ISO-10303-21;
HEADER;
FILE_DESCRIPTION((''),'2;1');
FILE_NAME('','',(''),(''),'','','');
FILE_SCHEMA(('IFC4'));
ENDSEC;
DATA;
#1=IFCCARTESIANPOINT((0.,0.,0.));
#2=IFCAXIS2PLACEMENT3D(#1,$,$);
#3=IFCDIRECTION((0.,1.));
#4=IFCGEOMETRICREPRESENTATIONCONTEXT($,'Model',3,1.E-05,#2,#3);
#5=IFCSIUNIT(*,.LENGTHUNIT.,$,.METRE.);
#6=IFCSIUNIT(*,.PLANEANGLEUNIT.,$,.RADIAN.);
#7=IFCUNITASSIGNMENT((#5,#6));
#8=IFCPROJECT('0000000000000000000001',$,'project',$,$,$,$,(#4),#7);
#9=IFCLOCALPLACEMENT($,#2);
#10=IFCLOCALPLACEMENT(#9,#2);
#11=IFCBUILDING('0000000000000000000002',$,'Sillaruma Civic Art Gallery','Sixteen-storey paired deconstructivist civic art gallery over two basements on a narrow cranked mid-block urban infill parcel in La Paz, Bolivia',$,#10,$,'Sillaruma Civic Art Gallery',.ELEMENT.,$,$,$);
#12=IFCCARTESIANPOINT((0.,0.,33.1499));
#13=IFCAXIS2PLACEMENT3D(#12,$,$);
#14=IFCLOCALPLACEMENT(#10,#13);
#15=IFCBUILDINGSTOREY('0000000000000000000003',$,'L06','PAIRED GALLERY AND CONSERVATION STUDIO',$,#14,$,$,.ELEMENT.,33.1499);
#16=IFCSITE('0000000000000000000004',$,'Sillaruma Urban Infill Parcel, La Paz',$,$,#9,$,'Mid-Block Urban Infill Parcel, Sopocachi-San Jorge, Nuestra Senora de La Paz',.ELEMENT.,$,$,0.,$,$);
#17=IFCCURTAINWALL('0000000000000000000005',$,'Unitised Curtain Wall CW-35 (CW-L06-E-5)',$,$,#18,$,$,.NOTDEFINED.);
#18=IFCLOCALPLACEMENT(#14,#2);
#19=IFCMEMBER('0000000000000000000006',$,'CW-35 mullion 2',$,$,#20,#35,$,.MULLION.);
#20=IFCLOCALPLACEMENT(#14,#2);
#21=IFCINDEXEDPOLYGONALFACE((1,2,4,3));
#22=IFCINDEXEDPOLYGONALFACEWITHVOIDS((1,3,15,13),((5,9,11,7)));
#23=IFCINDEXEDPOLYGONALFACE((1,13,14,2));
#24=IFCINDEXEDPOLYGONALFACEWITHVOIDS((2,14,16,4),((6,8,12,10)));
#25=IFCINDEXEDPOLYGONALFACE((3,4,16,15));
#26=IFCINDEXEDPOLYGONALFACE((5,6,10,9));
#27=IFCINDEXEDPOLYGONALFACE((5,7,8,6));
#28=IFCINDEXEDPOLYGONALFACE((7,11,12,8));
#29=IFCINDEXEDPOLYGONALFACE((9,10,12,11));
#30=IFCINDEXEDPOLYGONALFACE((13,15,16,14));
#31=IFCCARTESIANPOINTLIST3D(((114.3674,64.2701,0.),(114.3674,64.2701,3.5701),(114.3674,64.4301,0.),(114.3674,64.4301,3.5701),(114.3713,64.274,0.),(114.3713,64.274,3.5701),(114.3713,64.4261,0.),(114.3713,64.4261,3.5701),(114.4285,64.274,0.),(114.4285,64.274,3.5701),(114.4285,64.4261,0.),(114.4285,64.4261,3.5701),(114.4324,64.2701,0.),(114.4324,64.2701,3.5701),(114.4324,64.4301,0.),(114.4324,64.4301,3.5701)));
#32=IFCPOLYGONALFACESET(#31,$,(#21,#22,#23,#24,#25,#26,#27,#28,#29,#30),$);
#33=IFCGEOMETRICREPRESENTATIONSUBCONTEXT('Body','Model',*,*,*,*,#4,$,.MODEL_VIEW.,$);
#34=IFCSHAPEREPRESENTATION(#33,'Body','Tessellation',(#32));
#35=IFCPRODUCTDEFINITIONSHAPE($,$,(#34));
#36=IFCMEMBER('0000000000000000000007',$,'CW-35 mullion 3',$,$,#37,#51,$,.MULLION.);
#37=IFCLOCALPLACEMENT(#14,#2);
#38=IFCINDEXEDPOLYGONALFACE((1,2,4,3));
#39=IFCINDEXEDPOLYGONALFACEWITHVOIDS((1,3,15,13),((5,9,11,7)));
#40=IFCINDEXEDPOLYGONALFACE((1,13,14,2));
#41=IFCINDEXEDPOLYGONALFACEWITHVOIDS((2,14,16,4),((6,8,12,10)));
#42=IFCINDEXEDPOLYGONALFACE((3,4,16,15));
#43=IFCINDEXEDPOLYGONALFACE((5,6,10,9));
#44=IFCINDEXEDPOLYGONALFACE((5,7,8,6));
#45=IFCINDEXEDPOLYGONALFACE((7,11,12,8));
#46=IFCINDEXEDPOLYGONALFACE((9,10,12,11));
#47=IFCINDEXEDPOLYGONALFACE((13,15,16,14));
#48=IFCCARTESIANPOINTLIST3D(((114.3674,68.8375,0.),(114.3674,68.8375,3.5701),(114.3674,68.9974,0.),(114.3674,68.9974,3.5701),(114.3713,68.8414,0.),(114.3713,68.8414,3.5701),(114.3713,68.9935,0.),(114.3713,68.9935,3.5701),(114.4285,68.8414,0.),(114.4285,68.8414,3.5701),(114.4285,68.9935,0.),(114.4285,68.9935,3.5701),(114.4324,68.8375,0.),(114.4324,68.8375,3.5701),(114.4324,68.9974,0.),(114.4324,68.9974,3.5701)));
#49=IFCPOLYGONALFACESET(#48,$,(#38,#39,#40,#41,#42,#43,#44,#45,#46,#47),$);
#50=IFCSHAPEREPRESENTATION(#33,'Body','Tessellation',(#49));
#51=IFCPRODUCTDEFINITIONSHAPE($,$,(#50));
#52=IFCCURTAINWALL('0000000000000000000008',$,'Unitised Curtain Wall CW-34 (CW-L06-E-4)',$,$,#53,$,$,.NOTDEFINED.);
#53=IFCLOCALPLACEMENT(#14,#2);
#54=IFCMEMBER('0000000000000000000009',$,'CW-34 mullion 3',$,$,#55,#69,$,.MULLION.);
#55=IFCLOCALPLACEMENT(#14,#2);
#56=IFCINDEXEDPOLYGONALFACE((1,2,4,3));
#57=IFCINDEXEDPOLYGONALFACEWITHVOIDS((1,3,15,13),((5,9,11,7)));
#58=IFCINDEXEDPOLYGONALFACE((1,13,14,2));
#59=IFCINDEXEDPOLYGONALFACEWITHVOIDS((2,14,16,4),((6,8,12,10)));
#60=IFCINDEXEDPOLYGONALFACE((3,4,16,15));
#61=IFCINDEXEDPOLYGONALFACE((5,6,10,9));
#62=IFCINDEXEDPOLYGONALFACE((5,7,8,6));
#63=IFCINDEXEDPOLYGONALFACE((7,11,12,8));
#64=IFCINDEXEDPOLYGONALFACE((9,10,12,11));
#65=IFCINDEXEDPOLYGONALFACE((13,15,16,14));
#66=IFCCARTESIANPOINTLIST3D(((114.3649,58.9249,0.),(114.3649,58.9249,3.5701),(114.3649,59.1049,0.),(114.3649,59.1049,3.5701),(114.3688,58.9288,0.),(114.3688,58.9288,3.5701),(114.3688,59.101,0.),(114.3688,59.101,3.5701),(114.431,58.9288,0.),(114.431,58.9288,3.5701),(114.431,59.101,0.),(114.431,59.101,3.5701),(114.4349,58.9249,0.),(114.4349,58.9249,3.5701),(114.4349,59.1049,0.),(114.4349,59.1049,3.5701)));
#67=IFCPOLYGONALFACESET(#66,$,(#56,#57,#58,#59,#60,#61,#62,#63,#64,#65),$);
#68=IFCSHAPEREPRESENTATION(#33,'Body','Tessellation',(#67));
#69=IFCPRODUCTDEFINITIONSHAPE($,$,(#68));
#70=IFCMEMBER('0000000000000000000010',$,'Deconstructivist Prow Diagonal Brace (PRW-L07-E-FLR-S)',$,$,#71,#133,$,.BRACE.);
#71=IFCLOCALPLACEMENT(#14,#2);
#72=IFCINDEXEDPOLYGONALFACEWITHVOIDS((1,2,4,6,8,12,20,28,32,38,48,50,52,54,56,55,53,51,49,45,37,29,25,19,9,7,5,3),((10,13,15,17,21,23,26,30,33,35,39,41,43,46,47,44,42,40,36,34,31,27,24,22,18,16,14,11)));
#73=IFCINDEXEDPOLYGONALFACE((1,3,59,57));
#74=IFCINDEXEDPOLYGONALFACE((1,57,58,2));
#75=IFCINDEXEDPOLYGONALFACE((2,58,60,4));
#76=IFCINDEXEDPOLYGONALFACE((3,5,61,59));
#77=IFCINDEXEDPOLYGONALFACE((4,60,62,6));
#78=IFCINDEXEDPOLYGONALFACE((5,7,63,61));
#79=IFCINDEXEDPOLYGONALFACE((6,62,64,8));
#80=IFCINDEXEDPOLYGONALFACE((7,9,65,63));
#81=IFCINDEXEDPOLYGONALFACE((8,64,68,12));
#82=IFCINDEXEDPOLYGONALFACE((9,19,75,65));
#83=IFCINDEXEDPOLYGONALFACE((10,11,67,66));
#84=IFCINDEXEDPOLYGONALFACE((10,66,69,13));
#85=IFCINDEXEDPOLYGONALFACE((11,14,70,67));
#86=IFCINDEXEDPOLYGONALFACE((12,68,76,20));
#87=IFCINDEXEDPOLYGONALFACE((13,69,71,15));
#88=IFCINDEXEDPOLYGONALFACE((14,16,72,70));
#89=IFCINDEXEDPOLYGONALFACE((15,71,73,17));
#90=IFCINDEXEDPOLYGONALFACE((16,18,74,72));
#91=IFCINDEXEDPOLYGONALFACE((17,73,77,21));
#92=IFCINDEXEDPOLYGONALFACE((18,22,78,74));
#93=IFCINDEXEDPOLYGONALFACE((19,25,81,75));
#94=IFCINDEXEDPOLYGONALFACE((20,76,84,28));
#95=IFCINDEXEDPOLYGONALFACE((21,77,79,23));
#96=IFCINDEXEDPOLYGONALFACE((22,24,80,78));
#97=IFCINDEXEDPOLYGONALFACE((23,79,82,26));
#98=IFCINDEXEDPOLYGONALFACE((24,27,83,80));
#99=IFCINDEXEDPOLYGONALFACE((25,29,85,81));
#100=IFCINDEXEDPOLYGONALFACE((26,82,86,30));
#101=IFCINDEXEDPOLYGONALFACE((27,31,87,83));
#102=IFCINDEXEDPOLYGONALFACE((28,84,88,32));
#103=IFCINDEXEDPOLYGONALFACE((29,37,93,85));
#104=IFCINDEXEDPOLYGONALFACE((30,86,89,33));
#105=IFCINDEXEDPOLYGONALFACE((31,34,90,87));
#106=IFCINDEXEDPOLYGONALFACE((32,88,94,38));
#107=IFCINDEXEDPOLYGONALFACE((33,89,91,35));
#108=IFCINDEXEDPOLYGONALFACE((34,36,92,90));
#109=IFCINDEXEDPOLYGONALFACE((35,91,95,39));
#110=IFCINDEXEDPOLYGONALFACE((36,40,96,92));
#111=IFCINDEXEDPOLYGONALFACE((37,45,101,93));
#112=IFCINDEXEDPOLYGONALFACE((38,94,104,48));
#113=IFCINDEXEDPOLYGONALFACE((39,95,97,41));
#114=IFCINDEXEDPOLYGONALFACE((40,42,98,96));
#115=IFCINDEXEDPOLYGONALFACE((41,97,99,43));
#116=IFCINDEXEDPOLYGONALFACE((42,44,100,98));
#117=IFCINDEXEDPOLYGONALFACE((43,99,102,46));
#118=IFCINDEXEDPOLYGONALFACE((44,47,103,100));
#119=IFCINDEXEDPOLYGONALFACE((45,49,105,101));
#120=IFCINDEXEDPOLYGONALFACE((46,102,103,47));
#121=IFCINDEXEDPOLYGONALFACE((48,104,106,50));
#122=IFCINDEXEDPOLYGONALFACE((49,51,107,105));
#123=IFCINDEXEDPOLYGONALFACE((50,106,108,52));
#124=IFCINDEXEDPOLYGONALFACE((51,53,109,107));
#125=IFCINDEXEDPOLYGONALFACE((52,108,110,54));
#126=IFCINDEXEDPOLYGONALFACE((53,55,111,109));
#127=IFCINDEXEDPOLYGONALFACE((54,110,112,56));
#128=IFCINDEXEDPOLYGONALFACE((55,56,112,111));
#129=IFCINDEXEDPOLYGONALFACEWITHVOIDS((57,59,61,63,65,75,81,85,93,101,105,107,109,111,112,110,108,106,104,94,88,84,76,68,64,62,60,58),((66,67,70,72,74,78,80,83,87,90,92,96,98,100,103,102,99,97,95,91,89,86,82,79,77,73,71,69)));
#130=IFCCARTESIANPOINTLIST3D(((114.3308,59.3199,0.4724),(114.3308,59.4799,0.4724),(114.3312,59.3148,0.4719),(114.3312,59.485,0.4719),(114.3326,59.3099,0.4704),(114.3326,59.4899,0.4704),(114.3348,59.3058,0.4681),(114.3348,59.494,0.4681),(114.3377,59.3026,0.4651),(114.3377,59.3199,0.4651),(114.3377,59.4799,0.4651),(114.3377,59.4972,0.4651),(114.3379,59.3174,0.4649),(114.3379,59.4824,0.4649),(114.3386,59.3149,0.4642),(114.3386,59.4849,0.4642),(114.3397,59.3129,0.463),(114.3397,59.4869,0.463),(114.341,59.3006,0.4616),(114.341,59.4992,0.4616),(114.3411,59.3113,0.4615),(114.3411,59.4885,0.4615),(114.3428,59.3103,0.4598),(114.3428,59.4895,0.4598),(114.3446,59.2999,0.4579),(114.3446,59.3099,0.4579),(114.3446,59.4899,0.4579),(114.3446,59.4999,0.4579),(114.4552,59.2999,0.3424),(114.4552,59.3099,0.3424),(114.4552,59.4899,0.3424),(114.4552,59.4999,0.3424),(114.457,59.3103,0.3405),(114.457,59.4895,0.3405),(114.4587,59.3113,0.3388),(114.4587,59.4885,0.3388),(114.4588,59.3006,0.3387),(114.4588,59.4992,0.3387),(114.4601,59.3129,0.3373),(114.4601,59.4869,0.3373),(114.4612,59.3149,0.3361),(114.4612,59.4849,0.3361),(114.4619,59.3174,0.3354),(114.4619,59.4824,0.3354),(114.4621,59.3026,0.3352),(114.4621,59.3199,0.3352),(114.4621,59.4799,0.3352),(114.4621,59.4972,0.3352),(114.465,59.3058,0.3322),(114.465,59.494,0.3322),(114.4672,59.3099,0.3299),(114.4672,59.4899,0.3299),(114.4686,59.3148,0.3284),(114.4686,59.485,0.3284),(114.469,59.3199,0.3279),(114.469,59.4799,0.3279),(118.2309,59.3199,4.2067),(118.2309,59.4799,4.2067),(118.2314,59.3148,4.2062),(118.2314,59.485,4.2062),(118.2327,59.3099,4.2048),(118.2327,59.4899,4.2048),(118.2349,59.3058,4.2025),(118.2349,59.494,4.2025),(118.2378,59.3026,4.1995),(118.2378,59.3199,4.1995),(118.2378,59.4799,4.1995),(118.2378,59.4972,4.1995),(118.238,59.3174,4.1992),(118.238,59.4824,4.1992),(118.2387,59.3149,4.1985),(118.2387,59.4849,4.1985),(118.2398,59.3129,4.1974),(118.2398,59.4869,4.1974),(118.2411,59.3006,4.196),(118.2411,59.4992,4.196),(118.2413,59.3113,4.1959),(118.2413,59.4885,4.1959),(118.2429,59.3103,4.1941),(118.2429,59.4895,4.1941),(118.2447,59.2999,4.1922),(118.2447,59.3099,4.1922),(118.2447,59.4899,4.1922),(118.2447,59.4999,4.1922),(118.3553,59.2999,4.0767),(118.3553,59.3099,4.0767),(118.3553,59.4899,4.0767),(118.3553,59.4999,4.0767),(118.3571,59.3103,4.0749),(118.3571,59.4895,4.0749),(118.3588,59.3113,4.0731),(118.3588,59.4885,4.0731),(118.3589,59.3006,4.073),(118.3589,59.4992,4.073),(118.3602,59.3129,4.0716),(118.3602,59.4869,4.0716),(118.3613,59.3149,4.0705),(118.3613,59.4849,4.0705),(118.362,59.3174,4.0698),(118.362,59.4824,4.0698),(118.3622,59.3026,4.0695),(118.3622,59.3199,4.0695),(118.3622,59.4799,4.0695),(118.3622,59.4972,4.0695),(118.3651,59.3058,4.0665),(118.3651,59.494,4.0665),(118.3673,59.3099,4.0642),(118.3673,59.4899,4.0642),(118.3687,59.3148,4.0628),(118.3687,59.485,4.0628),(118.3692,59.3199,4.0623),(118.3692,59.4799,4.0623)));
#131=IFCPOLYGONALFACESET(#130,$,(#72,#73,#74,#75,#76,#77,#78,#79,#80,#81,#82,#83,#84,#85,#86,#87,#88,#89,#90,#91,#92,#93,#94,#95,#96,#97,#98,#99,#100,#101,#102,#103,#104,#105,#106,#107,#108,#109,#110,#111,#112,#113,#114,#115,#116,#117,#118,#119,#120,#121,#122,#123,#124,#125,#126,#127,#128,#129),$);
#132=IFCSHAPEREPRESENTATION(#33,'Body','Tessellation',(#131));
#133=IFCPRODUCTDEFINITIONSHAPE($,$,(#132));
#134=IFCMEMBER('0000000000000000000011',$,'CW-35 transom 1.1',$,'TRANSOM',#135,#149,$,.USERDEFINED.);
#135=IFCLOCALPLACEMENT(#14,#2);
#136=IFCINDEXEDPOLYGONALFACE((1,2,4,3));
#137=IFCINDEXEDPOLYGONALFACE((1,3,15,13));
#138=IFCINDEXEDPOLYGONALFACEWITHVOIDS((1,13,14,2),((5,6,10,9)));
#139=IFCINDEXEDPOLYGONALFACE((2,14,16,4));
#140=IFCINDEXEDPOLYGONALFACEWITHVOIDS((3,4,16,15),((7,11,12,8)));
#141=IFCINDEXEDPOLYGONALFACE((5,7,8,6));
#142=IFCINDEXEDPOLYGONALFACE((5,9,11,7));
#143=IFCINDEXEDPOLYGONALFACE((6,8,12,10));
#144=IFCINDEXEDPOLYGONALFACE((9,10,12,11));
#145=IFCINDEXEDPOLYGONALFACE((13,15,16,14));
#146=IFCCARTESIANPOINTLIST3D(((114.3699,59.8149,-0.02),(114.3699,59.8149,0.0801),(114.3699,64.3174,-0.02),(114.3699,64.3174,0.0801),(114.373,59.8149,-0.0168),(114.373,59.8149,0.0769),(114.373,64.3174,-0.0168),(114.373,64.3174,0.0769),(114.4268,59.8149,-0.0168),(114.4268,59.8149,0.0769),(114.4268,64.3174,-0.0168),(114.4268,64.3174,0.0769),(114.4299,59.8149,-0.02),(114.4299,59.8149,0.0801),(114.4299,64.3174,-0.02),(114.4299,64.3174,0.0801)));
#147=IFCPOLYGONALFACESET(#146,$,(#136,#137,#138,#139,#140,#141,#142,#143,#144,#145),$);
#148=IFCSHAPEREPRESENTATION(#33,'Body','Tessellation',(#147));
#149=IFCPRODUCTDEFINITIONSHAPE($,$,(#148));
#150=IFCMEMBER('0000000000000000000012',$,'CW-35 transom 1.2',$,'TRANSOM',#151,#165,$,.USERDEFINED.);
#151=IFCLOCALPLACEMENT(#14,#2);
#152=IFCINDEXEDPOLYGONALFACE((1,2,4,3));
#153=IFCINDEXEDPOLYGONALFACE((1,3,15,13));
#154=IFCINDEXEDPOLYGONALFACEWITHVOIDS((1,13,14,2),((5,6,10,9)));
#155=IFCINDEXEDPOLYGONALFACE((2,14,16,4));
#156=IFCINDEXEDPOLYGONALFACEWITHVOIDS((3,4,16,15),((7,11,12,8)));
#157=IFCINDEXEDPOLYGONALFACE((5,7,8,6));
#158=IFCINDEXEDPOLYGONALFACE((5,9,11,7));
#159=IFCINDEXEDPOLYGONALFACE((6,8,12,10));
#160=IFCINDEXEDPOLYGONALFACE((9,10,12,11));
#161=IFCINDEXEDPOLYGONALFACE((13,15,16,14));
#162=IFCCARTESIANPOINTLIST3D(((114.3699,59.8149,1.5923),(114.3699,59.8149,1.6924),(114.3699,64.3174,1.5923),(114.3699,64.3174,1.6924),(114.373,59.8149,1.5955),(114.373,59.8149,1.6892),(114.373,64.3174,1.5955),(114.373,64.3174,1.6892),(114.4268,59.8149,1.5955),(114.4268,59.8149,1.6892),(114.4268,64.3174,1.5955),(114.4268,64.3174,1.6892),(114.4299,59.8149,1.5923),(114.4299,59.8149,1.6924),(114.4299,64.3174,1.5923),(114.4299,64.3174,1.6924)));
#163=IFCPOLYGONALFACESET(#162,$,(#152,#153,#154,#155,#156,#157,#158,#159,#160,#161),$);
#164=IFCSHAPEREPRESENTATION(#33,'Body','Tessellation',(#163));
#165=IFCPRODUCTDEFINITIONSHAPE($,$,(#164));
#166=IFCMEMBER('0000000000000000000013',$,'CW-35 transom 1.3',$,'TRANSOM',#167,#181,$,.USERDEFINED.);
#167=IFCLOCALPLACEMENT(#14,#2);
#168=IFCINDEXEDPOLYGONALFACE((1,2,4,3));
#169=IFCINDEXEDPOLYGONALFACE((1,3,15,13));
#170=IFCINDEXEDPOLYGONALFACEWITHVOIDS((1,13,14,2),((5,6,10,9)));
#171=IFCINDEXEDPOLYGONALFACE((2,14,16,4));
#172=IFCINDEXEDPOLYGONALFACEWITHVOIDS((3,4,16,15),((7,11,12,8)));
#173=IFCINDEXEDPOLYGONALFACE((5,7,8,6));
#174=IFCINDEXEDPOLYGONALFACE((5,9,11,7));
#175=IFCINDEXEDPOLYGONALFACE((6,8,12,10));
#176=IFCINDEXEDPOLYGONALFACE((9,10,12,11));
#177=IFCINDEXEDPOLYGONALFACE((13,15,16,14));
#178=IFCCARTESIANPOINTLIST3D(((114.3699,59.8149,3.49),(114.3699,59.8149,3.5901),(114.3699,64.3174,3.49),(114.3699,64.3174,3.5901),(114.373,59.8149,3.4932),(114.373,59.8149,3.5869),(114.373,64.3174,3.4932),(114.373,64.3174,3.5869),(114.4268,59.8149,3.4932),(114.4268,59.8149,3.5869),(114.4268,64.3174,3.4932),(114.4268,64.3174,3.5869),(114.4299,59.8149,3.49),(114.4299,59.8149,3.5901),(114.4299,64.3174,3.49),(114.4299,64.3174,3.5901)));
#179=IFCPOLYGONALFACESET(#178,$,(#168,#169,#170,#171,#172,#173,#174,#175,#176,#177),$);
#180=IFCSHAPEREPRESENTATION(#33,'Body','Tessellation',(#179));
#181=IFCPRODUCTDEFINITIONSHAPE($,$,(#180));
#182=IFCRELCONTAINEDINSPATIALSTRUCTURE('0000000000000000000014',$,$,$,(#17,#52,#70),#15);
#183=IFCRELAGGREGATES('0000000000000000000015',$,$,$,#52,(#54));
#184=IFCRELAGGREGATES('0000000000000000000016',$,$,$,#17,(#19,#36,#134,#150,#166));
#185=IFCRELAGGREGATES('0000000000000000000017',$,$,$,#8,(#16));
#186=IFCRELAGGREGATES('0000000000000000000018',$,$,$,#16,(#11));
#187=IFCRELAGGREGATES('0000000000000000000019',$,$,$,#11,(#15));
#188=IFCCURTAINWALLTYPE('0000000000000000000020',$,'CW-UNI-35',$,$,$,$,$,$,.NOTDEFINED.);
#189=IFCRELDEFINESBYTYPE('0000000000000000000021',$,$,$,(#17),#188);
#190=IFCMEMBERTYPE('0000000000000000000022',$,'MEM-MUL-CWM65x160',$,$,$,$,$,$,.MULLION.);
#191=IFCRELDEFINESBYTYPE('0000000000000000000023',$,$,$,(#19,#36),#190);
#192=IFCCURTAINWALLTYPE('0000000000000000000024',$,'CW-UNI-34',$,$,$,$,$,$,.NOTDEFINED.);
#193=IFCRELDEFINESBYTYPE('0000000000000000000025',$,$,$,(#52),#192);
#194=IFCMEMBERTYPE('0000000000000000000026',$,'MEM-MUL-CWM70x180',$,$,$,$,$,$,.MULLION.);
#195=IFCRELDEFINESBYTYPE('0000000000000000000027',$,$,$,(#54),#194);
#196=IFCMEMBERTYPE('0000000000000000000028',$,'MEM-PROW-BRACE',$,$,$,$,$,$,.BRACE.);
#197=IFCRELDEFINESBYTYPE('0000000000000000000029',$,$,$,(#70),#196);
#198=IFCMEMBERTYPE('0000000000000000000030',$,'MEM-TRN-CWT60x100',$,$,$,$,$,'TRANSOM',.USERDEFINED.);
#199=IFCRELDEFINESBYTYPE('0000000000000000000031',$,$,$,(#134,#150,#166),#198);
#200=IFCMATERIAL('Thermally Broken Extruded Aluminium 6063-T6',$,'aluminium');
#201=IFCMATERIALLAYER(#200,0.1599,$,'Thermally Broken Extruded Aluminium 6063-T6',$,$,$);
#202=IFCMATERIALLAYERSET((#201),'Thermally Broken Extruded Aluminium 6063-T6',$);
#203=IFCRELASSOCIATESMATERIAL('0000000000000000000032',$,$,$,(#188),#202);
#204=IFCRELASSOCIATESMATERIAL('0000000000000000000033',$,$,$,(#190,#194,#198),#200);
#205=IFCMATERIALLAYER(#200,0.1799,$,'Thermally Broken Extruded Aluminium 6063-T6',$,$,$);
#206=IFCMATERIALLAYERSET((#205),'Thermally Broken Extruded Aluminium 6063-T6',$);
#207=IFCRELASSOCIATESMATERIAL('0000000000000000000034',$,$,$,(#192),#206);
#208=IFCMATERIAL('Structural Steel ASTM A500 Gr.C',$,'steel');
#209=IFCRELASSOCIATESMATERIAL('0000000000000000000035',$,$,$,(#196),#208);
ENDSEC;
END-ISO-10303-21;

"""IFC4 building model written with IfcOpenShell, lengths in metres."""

from ifc_helpers import new_model, si_unit, direction, frame, origin, origin_2d, place, context, subcontext, project, spatial, hollow_rectangle, extrude, material, layer, layer_set, material_profile, profile_set, type_object, element, aggregate, save


model = new_model("IFC4")

# Units and contexts
model_context = context("Model", 3, precision=1e-05, world=origin(), true_north=direction((0.0, 1.0)))
body_context = subcontext(model_context, "Body", "Model", "MODEL_VIEW")
ifc_project = project(units=[si_unit("LENGTHUNIT", "METRE"), si_unit("PLANEANGLEUNIT", "RADIAN")], contexts=[model_context])

# Site, building, storey
site_placement = place(None, origin())
site = spatial("IfcSite", under=ifc_project, at=site_placement, Name="Sillaruma Urban Infill Parcel, La Paz", LongName="Mid-Block Urban Infill Parcel, Sopocachi-San Jorge, Nuestra Senora de La Paz", CompositionType="ELEMENT", RefElevation=0.0)
building_placement = place(site_placement, origin())
building = spatial("IfcBuilding", under=site, at=building_placement, Name="Sillaruma Civic Art Gallery", Description="Sixteen-storey paired deconstructivist civic art gallery over two basements on a narrow cranked mid-block urban infill parcel in La Paz, Bolivia", LongName="Sillaruma Civic Art Gallery", CompositionType="ELEMENT")
storey_placement = place(building_placement, frame((0.0, 0.0, 33.1499)))
storey = spatial("IfcBuildingStorey", under=building, at=storey_placement, Name="L06", Description="PAIRED GALLERY AND CONSERVATION STUDIO", CompositionType="ELEMENT", Elevation=33.1499)

# Curtain wall, members
ifc_material_1 = material(Name="Thermally Broken Extruded Aluminium 6063-T6", Category="aluminium")
ifc_layer_1 = layer(ifc_material_1, 0.1599, Name="Thermally Broken Extruded Aluminium 6063-T6")
ifc_layer_set_1 = layer_set([ifc_layer_1], Name="Thermally Broken Extruded Aluminium 6063-T6")
curtain_wall_type_1 = type_object("IfcCurtainWallType", Name="CW-UNI-35", PredefinedType="NOTDEFINED", material=ifc_layer_set_1)
curtain_wall_1_placement = place(storey_placement, origin())
curtain_wall_1 = element("IfcCurtainWall", 1, at=curtain_wall_1_placement, inside=storey, type_object=curtain_wall_type_1, Name="Unitised Curtain Wall CW-35 (CW-L06-E-5)", PredefinedType="NOTDEFINED")
ifc_material_profile_1 = material_profile(ifc_material_1, hollow_rectangle(XDim=0.0649, YDim=0.1599, WallThickness=0.0039, at=origin_2d()), Name="CWM65x160")
ifc_profile_set_1 = profile_set([ifc_material_profile_1], Name="Thermally Broken Extruded Aluminium 6063-T6")
member_type_1 = type_object("IfcMemberType", Name="MEM-MUL-CWM65x160", PredefinedType="MULLION", material=ifc_profile_set_1)
member_1_placement = place(storey_placement, frame((114.3999, 64.3501, 0.0), z_axis=(0.0, 0.0, 1.0), x_axis=(-1.0, 0.0, 0.0)))
member_1 = element("IfcMember", 2, at=member_1_placement, type_object=member_type_1, Name="CW-35 mullion 2", PredefinedType="MULLION", context=body_context, shape_type="SweptSolid", body=[
    extrude(hollow_rectangle(XDim=0.0649, YDim=0.1599, WallThickness=0.0039, at=origin_2d()), origin(), (0.0, 0.0, 1.0), 3.5701),
])
member_2_placement = place(storey_placement, frame((114.3999, 68.9175, 0.0), z_axis=(0.0, 0.0, 1.0), x_axis=(-1.0, 0.0, 0.0)))
member_2 = element("IfcMember", 3, at=member_2_placement, type_object=member_type_1, Name="CW-35 mullion 3", PredefinedType="MULLION", context=body_context, shape_type="SweptSolid", body=[
    extrude(hollow_rectangle(XDim=0.0649, YDim=0.1599, WallThickness=0.0039, at=origin_2d()), origin(), (0.0, 0.0, 1.0), 3.5701),
])

# Curtain wall, member
ifc_layer_2 = layer(ifc_material_1, 0.1799, Name="Thermally Broken Extruded Aluminium 6063-T6")
ifc_layer_set_2 = layer_set([ifc_layer_2], Name="Thermally Broken Extruded Aluminium 6063-T6")
curtain_wall_type_2 = type_object("IfcCurtainWallType", Name="CW-UNI-34", PredefinedType="NOTDEFINED", material=ifc_layer_set_2)
curtain_wall_2_placement = place(storey_placement, origin())
curtain_wall_2 = element("IfcCurtainWall", 4, at=curtain_wall_2_placement, inside=storey, type_object=curtain_wall_type_2, Name="Unitised Curtain Wall CW-34 (CW-L06-E-4)", PredefinedType="NOTDEFINED")
ifc_material_profile_2 = material_profile(ifc_material_1, hollow_rectangle(XDim=0.0701, YDim=0.1799, WallThickness=0.0039, at=origin_2d()), Name="CWM70x180")
ifc_profile_set_2 = profile_set([ifc_material_profile_2], Name="Thermally Broken Extruded Aluminium 6063-T6")
member_type_2 = type_object("IfcMemberType", Name="MEM-MUL-CWM70x180", PredefinedType="MULLION", material=ifc_profile_set_2)
member_3_placement = place(storey_placement, frame((114.3999, 59.0149, 0.0), z_axis=(0.0, 0.0, 1.0), x_axis=(-1.0, 0.0, 0.0)))
member_3 = element("IfcMember", 5, at=member_3_placement, type_object=member_type_2, Name="CW-34 mullion 3", PredefinedType="MULLION", context=body_context, shape_type="SweptSolid", body=[
    extrude(hollow_rectangle(XDim=0.0701, YDim=0.1799, WallThickness=0.0039, at=origin_2d()), origin(), (0.0, 0.0, 1.0), 3.5701),
])
aggregate(curtain_wall_2, [member_3])

# Members
ifc_material_2 = material(Name="Structural Steel ASTM A500 Gr.C", Category="steel")
ifc_material_profile_3 = material_profile(ifc_material_2, hollow_rectangle(XDim=0.2, YDim=0.2, WallThickness=0.01, InnerFilletRadius=0.01, OuterFilletRadius=0.02, at=origin_2d()), Name="HSS200x200x10")
ifc_profile_set_3 = profile_set([ifc_material_profile_3], Name="Structural Steel ASTM A500 Gr.C")
member_type_3 = type_object("IfcMemberType", Name="MEM-PROW-BRACE", PredefinedType="BRACE", material=ifc_profile_set_3)
member_4_placement = place(storey_placement, frame((114.3999, 59.3999, 0.4001), z_axis=(0.72229, 0.0, 0.69159), x_axis=(0.0, 1.0, 0.0)))
element("IfcMember", 6, at=member_4_placement, inside=storey, type_object=member_type_3, Name="Deconstructivist Prow Diagonal Brace (PRW-L07-E-FLR-S)", PredefinedType="BRACE", context=body_context, shape_type="SweptSolid", body=[
    extrude(hollow_rectangle(XDim=0.2, YDim=0.2, WallThickness=0.01, InnerFilletRadius=0.01, OuterFilletRadius=0.02, at=origin_2d()), origin(), (0.0, 0.0, 1.0), 5.3997),
])
ifc_material_profile_4 = material_profile(ifc_material_1, hollow_rectangle(XDim=0.0601, YDim=0.1001, WallThickness=0.0032, at=origin_2d()), Name="CWT60x100")
ifc_profile_set_4 = profile_set([ifc_material_profile_4], Name="Thermally Broken Extruded Aluminium 6063-T6")
member_type_4 = type_object("IfcMemberType", Name="MEM-TRN-CWT60x100", ElementType="TRANSOM", PredefinedType="USERDEFINED", material=ifc_profile_set_4)
member_5_placement = place(storey_placement, frame((114.3999, 59.8149, 0.03), z_axis=(0.0, 1.0, 0.0), x_axis=(-1.0, 0.0, 0.0)))
member_5 = element("IfcMember", 7, at=member_5_placement, type_object=member_type_4, Name="CW-35 transom 1.1", ObjectType="TRANSOM", PredefinedType="USERDEFINED", context=body_context, shape_type="SweptSolid", body=[
    extrude(hollow_rectangle(XDim=0.0601, YDim=0.1001, WallThickness=0.0032, at=origin_2d()), origin(), (0.0, 0.0, 1.0), 4.5024),
])
member_6_placement = place(storey_placement, frame((114.3999, 59.8149, 1.6423), z_axis=(0.0, 1.0, 0.0), x_axis=(-1.0, 0.0, 0.0)))
member_6 = element("IfcMember", 8, at=member_6_placement, type_object=member_type_4, Name="CW-35 transom 1.2", ObjectType="TRANSOM", PredefinedType="USERDEFINED", context=body_context, shape_type="SweptSolid", body=[
    extrude(hollow_rectangle(XDim=0.0601, YDim=0.1001, WallThickness=0.0032, at=origin_2d()), origin(), (0.0, 0.0, 1.0), 4.5024),
])
member_7_placement = place(storey_placement, frame((114.3999, 59.8149, 3.54), z_axis=(0.0, 1.0, 0.0), x_axis=(-1.0, 0.0, 0.0)))
member_7 = element("IfcMember", 9, at=member_7_placement, type_object=member_type_4, Name="CW-35 transom 1.3", ObjectType="TRANSOM", PredefinedType="USERDEFINED", context=body_context, shape_type="SweptSolid", body=[
    extrude(hollow_rectangle(XDim=0.0601, YDim=0.1001, WallThickness=0.0032, at=origin_2d()), origin(), (0.0, 0.0, 1.0), 4.5024),
])

aggregate(curtain_wall_1, [member_1, member_2, member_5, member_6, member_7])

save(model, "model.ifc")
